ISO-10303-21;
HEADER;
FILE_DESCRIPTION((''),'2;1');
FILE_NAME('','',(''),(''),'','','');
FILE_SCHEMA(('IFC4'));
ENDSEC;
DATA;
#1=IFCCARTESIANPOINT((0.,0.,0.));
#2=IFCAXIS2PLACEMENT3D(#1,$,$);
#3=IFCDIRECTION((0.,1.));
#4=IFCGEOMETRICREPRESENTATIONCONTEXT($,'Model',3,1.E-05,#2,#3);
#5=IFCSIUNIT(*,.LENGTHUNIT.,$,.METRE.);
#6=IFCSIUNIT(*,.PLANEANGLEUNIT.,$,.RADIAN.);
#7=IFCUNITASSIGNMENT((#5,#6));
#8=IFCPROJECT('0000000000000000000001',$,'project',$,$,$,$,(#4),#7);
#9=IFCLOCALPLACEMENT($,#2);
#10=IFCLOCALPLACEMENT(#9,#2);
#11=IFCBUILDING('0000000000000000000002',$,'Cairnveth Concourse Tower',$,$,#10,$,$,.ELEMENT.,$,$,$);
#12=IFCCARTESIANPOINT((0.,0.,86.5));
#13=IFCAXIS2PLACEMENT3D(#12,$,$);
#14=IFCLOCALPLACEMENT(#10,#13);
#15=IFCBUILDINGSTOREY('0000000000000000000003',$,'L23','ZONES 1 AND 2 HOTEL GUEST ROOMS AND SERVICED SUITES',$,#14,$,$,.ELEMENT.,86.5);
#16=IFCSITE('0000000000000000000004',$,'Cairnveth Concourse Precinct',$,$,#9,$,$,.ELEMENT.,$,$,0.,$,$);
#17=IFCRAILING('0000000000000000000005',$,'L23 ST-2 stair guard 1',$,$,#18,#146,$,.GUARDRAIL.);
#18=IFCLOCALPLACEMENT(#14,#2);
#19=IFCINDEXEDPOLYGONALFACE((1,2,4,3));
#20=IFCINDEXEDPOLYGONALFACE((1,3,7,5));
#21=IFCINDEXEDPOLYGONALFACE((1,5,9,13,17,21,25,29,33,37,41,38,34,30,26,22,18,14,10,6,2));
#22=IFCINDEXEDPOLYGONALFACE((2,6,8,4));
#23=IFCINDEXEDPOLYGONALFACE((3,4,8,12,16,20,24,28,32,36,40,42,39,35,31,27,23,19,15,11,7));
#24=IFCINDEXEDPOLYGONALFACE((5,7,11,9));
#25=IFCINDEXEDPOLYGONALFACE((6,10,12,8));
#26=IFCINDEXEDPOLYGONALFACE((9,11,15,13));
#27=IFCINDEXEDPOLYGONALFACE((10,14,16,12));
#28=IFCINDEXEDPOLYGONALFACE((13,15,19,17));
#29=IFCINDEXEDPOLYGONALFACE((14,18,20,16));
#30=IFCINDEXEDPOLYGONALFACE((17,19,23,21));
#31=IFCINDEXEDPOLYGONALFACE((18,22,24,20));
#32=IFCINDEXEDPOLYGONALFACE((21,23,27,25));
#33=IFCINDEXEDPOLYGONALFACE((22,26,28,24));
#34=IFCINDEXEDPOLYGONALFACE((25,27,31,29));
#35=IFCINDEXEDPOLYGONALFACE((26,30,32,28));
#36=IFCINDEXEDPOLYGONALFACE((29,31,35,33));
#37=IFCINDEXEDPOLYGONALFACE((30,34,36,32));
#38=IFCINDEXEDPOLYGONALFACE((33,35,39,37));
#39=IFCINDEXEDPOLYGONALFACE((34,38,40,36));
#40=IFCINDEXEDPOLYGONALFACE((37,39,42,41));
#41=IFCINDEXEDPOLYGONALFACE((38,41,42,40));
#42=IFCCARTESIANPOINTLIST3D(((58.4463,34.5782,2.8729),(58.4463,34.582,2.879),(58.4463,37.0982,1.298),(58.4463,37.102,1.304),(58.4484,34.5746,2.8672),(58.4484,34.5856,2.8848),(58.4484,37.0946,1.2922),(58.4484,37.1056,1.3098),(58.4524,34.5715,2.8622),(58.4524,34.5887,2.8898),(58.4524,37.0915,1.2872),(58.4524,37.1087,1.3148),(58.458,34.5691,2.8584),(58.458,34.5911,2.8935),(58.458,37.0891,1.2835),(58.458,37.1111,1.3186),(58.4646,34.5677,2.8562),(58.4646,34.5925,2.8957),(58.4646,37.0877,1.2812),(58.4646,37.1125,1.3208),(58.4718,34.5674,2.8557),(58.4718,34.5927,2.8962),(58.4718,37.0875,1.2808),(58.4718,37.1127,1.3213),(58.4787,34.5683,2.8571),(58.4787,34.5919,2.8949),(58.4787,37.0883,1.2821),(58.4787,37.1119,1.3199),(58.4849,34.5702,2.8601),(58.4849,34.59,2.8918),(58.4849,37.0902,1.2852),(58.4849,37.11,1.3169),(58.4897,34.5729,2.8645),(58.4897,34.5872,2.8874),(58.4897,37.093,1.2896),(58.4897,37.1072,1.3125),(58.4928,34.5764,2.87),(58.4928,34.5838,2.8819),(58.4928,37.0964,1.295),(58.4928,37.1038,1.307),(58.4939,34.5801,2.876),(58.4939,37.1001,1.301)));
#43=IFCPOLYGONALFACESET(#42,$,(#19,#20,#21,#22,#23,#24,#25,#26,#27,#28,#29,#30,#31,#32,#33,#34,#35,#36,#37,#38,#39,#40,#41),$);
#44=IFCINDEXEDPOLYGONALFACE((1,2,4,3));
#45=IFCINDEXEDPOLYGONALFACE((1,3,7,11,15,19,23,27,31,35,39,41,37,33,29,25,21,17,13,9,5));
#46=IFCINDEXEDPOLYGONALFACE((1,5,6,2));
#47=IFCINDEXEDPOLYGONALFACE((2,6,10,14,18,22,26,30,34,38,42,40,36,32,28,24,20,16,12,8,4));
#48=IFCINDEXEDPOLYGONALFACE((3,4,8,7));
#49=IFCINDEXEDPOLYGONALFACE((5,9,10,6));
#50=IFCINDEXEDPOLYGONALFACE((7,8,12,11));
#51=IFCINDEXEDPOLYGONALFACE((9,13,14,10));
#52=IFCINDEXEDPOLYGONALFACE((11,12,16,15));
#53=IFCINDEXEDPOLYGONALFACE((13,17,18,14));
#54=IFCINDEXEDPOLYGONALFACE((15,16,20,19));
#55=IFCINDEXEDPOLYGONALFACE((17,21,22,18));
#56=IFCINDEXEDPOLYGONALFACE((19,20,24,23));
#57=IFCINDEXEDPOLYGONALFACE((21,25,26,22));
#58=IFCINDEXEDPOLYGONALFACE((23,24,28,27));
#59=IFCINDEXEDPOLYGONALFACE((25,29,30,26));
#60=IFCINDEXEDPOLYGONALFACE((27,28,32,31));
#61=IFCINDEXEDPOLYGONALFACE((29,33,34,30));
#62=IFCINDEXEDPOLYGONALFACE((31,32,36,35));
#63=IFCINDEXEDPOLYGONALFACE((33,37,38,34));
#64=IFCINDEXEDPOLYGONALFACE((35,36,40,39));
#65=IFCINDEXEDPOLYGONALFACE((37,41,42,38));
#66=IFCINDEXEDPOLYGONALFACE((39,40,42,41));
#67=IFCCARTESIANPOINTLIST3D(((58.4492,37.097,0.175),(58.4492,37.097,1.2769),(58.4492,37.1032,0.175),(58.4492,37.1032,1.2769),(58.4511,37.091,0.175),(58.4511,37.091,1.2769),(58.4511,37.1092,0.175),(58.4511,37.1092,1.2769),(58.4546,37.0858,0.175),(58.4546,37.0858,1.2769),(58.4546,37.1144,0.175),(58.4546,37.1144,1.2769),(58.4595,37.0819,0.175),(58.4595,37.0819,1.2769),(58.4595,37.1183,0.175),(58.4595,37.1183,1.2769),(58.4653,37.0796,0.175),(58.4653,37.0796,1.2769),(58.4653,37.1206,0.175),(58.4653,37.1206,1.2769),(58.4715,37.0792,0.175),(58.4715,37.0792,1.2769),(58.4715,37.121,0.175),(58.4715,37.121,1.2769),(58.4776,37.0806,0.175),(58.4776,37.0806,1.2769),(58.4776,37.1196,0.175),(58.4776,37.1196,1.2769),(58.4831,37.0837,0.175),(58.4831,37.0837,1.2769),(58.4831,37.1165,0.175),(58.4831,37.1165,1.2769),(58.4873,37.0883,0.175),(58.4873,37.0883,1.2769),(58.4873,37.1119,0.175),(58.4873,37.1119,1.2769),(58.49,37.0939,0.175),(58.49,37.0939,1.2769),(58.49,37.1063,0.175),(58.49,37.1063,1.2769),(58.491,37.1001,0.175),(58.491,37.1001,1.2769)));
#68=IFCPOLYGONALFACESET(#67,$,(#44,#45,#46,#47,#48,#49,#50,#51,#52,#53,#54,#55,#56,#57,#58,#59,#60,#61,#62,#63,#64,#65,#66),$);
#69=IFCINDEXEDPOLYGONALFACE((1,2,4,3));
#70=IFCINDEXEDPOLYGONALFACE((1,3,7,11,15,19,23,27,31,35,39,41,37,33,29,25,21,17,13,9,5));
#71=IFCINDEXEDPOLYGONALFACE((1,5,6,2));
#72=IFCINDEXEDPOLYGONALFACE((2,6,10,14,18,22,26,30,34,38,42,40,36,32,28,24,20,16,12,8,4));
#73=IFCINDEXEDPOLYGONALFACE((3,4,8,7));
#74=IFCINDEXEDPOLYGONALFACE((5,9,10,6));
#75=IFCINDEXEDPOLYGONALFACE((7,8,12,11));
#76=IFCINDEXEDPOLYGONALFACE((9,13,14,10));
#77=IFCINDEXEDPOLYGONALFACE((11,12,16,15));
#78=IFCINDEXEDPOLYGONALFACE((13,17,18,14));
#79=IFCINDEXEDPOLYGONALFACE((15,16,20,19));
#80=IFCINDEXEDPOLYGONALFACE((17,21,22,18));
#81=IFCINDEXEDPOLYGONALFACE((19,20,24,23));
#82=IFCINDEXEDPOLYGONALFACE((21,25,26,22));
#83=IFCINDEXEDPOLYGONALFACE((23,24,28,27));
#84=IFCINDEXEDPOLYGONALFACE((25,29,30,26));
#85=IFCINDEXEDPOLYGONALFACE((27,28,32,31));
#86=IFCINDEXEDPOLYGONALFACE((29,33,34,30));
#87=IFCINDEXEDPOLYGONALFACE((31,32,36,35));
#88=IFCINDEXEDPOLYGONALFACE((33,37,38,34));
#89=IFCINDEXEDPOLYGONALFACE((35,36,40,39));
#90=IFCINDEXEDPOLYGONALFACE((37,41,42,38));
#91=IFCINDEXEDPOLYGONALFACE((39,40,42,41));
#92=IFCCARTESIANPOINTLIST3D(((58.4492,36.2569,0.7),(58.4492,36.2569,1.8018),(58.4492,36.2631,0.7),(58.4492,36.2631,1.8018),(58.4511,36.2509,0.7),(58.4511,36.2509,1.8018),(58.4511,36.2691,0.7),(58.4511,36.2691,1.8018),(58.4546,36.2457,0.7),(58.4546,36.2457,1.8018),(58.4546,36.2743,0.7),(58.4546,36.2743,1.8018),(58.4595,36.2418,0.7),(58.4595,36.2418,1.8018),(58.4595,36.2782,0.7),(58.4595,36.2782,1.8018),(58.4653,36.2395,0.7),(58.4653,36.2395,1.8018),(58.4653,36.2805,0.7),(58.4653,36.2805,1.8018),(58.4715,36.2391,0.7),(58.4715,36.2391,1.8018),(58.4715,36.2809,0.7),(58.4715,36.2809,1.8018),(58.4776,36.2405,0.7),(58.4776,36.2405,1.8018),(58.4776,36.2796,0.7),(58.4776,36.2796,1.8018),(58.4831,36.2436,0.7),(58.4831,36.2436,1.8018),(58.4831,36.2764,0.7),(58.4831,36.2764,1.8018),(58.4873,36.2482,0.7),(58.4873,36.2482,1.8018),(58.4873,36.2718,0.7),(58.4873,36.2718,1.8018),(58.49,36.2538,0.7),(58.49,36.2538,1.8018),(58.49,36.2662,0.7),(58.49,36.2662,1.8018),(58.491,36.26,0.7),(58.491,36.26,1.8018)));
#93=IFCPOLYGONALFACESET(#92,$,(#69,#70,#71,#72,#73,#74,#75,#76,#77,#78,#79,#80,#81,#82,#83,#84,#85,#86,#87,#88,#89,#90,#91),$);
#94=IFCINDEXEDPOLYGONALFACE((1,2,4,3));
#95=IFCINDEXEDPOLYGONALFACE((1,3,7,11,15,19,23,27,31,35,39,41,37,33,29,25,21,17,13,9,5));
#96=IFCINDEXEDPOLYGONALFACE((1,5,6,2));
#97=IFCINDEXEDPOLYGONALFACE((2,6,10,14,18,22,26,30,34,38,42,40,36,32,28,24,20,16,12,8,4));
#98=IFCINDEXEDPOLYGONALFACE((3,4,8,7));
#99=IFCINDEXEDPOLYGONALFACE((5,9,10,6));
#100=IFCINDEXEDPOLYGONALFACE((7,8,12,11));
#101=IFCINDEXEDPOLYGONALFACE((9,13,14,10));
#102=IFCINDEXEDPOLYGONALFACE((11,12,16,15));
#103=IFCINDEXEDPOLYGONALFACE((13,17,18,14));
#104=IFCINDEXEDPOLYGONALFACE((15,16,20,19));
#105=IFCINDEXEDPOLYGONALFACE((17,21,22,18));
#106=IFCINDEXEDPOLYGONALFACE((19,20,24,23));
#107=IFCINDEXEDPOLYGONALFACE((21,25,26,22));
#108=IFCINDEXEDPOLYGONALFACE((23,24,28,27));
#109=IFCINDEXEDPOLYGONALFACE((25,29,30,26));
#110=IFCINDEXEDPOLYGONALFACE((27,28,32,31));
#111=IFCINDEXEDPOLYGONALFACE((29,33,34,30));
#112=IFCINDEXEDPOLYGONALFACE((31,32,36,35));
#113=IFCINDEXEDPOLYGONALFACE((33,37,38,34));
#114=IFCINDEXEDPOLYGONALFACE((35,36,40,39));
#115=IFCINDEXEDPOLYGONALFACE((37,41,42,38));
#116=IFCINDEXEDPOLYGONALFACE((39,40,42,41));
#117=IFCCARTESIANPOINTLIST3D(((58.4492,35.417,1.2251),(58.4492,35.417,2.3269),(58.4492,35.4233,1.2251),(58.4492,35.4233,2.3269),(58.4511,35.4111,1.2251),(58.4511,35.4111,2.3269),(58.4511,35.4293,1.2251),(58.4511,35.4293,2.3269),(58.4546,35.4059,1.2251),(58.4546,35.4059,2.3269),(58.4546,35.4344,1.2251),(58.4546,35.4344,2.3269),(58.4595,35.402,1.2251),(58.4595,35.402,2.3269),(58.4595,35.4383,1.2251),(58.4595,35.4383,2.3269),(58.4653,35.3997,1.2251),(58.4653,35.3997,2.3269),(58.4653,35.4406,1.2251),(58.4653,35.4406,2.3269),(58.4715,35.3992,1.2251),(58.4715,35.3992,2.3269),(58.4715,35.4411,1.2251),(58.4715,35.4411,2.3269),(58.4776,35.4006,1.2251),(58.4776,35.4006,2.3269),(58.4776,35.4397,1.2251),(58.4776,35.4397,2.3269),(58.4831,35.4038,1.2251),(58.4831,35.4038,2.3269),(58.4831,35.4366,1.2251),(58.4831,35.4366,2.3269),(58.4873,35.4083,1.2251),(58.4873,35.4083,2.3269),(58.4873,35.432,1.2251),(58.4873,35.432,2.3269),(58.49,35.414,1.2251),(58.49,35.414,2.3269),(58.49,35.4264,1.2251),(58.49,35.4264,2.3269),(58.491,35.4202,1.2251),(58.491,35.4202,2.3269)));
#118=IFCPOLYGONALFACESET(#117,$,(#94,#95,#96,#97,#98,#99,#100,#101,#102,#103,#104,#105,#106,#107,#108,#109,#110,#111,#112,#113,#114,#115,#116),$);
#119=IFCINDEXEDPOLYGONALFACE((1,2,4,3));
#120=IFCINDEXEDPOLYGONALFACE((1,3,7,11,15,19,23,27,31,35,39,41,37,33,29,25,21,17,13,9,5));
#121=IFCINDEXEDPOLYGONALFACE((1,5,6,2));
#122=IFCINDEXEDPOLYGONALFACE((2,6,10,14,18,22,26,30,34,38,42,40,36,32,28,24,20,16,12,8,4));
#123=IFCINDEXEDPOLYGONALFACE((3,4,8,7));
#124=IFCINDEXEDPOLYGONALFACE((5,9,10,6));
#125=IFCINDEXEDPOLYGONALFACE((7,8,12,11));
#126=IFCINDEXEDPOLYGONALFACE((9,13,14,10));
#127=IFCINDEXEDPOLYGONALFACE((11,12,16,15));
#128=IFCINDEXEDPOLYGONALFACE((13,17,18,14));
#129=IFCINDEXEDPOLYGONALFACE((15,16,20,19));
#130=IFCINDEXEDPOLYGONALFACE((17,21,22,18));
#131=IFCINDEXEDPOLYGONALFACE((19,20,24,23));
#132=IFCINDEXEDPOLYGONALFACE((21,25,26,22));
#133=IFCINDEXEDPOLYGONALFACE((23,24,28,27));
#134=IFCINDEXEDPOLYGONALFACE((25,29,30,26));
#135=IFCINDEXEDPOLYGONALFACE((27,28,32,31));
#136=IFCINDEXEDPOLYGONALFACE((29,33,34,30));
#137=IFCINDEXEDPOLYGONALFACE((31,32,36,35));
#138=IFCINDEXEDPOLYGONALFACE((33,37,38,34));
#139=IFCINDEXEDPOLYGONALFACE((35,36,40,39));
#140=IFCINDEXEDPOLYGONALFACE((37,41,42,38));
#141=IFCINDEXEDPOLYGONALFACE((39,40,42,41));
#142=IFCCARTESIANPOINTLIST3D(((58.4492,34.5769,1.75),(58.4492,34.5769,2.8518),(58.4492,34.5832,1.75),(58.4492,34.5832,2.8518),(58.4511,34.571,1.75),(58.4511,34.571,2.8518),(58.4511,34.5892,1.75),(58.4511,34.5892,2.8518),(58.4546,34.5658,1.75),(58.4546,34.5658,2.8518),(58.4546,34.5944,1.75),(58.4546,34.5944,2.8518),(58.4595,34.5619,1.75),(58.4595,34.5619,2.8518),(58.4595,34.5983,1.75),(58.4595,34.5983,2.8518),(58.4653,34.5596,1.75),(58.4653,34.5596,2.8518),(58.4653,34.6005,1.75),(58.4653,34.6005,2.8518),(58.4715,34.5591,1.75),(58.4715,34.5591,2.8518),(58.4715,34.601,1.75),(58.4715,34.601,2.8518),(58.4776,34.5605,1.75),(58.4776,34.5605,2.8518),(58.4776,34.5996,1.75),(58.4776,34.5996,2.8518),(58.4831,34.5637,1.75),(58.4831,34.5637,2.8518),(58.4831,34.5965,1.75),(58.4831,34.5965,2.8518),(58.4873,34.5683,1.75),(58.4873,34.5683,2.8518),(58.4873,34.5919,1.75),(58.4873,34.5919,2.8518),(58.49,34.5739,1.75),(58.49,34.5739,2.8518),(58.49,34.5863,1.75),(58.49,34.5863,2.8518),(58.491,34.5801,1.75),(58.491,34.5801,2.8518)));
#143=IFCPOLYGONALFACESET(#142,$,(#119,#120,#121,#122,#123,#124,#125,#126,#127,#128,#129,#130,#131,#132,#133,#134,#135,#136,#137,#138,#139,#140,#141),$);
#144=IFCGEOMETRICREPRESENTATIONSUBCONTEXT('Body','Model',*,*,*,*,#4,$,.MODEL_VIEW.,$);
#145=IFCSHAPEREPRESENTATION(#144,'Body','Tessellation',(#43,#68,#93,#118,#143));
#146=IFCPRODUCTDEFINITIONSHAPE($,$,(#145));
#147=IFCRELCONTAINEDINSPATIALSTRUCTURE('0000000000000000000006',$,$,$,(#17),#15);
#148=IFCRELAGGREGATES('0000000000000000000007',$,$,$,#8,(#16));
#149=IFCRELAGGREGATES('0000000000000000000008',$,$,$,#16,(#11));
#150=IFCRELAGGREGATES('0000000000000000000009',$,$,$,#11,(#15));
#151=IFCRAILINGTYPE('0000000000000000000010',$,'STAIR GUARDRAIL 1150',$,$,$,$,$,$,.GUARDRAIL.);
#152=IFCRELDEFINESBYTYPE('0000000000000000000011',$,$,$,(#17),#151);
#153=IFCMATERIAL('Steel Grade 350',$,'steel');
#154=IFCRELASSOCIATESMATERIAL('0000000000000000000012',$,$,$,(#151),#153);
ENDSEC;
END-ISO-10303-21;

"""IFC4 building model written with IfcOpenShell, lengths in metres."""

from ifc_helpers import new_model, si_unit, direction, frame, origin, origin_2d, place, context, subcontext, project, spatial, circle, extrude, material, type_object, element, save


model = new_model("IFC4")

# Units and contexts
model_context = context("Model", 3, precision=1e-05, world=origin(), true_north=direction((0.0, 1.0)))
body_context = subcontext(model_context, "Body", "Model", "MODEL_VIEW")
ifc_project = project(units=[si_unit("LENGTHUNIT", "METRE"), si_unit("PLANEANGLEUNIT", "RADIAN")], contexts=[model_context])

# Site, building, storey
site_placement = place(None, origin())
site = spatial("IfcSite", under=ifc_project, at=site_placement, Name="Cairnveth Concourse Precinct", CompositionType="ELEMENT", RefElevation=0.0)
building_placement = place(site_placement, origin())
building = spatial("IfcBuilding", under=site, at=building_placement, Name="Cairnveth Concourse Tower", CompositionType="ELEMENT")
storey_placement = place(building_placement, frame((0.0, 0.0, 86.5)))
storey = spatial("IfcBuildingStorey", under=building, at=storey_placement, Name="L23", Description="ZONES 1 AND 2 HOTEL GUEST ROOMS AND SERVICED SUITES", CompositionType="ELEMENT", Elevation=86.5)

# Shared definitions
ifc_material_1 = material(Name="Steel Grade 350", Category="steel")

# Railing
railing_type_1 = type_object("IfcRailingType", Name="STAIR GUARDRAIL 1150", PredefinedType="GUARDRAIL", material=ifc_material_1)
railing_1_placement = place(storey_placement, frame((58.47, 37.1001, 0.175)))
element("IfcRailing", 1, at=railing_1_placement, inside=storey, type_object=railing_type_1, Name="L23 ST-2 stair guard 1", PredefinedType="GUARDRAIL", context=body_context, shape_type="SweptSolid", body=[
    extrude(circle(Radius=0.0239, at=origin_2d()), frame((0.0, 0.0, 1.126), z_axis=(0.0, -0.848008, 0.529984), x_axis=(1.0, 0.0, 0.0)), (0.0, 0.0, 1.0), 2.9717),
    extrude(circle(Radius=0.021, at=origin_2d()), origin(), (0.0, 0.0, 1.0), 1.1018),
    extrude(circle(Radius=0.021, at=origin_2d()), frame((0.0, -0.8401, 0.5249)), (0.0, 0.0, 1.0), 1.1018),
    extrude(circle(Radius=0.021, at=origin_2d()), frame((0.0, -1.6799, 1.05)), (0.0, 0.0, 1.0), 1.1018),
    extrude(circle(Radius=0.021, at=origin_2d()), frame((0.0, -2.52, 1.575)), (0.0, 0.0, 1.0), 1.1018),
])

save(model, "model.ifc")
